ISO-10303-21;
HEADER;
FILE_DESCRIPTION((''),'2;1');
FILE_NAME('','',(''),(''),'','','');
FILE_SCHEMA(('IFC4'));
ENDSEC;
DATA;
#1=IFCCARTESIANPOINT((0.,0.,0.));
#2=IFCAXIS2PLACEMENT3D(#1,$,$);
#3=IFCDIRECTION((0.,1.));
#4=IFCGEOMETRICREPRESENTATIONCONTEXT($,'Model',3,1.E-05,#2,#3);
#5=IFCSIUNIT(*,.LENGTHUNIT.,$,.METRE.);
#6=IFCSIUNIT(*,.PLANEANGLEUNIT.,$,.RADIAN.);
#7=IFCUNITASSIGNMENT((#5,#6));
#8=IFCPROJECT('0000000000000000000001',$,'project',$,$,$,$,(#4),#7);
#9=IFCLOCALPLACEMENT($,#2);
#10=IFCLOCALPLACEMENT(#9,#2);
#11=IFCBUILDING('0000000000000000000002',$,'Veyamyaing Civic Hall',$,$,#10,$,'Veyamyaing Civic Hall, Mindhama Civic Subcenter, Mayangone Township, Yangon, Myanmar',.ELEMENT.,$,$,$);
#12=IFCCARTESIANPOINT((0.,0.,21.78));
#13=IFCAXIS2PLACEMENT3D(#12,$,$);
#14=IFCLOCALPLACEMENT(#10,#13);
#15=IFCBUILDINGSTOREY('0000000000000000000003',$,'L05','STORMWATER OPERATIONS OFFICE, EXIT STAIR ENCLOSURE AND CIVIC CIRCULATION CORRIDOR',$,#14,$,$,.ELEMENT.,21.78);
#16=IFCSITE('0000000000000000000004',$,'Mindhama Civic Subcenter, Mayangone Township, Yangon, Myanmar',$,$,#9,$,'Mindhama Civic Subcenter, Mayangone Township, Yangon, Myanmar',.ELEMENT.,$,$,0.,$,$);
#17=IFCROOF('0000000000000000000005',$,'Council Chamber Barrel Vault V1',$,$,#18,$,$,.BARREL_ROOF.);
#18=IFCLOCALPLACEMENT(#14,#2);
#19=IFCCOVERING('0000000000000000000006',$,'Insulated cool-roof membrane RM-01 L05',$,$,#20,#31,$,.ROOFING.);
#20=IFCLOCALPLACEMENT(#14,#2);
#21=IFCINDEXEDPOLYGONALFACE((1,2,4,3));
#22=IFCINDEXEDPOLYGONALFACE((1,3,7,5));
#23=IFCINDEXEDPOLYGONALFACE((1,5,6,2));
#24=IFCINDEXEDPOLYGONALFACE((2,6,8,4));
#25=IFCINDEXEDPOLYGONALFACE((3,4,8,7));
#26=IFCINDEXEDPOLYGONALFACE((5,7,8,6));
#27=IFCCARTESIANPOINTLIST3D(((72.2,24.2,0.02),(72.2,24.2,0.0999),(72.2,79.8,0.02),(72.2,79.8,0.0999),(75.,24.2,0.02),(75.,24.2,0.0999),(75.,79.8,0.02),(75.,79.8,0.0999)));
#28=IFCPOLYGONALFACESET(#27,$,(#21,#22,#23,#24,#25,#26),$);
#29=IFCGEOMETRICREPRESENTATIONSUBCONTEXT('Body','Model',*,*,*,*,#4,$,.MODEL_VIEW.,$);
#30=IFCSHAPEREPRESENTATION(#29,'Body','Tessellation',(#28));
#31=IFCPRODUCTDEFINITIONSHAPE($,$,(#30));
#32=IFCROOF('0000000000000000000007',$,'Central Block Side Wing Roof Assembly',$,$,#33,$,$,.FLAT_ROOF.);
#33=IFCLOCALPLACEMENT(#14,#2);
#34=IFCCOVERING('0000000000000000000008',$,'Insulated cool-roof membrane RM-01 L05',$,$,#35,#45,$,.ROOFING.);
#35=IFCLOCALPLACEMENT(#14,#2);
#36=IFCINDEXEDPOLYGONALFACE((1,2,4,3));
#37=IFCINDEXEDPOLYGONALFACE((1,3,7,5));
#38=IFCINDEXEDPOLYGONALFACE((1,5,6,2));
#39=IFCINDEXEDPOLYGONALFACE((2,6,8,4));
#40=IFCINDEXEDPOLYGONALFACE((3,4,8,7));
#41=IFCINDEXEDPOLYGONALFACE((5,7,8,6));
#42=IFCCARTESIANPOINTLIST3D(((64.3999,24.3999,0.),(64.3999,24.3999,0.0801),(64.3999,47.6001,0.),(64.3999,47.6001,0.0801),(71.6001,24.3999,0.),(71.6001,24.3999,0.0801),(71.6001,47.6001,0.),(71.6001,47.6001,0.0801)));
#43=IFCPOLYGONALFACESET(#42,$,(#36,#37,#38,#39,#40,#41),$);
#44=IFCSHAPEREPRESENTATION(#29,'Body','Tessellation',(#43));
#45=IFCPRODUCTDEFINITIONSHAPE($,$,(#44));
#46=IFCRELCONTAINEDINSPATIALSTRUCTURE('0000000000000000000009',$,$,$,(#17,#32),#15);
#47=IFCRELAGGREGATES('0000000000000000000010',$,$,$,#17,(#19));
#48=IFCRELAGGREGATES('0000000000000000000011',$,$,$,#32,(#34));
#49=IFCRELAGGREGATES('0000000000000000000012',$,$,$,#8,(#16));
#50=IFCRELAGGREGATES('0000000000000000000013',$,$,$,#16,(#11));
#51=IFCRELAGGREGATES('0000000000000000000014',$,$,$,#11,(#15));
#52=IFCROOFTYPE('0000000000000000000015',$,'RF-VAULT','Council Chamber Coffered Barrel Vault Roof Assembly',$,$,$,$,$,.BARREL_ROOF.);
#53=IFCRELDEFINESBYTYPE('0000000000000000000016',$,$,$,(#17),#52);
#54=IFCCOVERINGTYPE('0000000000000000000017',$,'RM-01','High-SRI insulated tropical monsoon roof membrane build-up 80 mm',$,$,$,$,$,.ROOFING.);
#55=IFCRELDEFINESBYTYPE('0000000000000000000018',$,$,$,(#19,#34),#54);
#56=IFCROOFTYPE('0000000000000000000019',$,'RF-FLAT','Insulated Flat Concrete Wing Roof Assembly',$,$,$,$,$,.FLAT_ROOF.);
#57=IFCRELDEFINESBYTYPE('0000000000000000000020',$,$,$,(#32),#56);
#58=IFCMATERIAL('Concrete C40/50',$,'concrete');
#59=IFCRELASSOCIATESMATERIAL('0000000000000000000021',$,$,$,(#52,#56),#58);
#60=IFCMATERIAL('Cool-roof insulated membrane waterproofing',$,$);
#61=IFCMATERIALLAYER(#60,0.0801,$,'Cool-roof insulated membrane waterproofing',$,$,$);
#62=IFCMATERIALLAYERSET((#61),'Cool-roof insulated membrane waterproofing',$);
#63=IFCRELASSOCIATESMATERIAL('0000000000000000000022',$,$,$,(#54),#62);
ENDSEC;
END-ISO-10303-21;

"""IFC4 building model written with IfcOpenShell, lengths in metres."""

from ifc_helpers import new_model, si_unit, direction, frame, origin, place, context, subcontext, project, spatial, polyline, outline, extrude, material, layer, layer_set, type_object, element, aggregate, save


model = new_model("IFC4")

# Units and contexts
model_context = context("Model", 3, precision=1e-05, world=origin(), true_north=direction((0.0, 1.0)))
body_context = subcontext(model_context, "Body", "Model", "MODEL_VIEW")
ifc_project = project(units=[si_unit("LENGTHUNIT", "METRE"), si_unit("PLANEANGLEUNIT", "RADIAN")], contexts=[model_context])

# Site, building, storey
site_placement = place(None, origin())
site = spatial("IfcSite", under=ifc_project, at=site_placement, Name="Mindhama Civic Subcenter, Mayangone Township, Yangon, Myanmar", LongName="Mindhama Civic Subcenter, Mayangone Township, Yangon, Myanmar", CompositionType="ELEMENT", RefElevation=0.0)
building_placement = place(site_placement, origin())
building = spatial("IfcBuilding", under=site, at=building_placement, Name="Veyamyaing Civic Hall", LongName="Veyamyaing Civic Hall, Mindhama Civic Subcenter, Mayangone Township, Yangon, Myanmar", CompositionType="ELEMENT")
storey_placement = place(building_placement, frame((0.0, 0.0, 21.78)))
storey = spatial("IfcBuildingStorey", under=building, at=storey_placement, Name="L05", Description="STORMWATER OPERATIONS OFFICE, EXIT STAIR ENCLOSURE AND CIVIC CIRCULATION CORRIDOR", CompositionType="ELEMENT", Elevation=21.78)

# Shared definitions
ifc_material_1 = material(Name="Concrete C40/50", Category="concrete")

# Roofs, coverings
roof_type_1 = type_object("IfcRoofType", Name="RF-VAULT", Description="Council Chamber Coffered Barrel Vault Roof Assembly", PredefinedType="BARREL_ROOF", material=ifc_material_1)
roof_1_placement = place(storey_placement, origin())
roof_1 = element("IfcRoof", 1, at=roof_1_placement, inside=storey, type_object=roof_type_1, Name="Council Chamber Barrel Vault V1", PredefinedType="BARREL_ROOF")
ifc_material_2 = material(Name="Cool-roof insulated membrane waterproofing")
ifc_layer_1 = layer(ifc_material_2, 0.0801, Name="Cool-roof insulated membrane waterproofing")
ifc_layer_set_1 = layer_set([ifc_layer_1], Name="Cool-roof insulated membrane waterproofing")
covering_type_1 = type_object("IfcCoveringType", Name="RM-01", Description="High-SRI insulated tropical monsoon roof membrane build-up 80 mm", PredefinedType="ROOFING", material=ifc_layer_set_1)
covering_1_placement = place(storey_placement, frame((0.0, 0.0, 0.02)))
covering_1 = element("IfcCovering", 2, at=covering_1_placement, type_object=covering_type_1, Name="Insulated cool-roof membrane RM-01 L05", PredefinedType="ROOFING", context=body_context, shape_type="SweptSolid", body=[
    extrude(outline(polyline([(72.2, 24.2), (75.0, 24.2), (75.0, 79.8), (72.2, 79.8), (72.2, 24.2)])), origin(), (0.0, 0.0, 1.0), 0.0798),
])
aggregate(roof_1, [covering_1])
roof_type_2 = type_object("IfcRoofType", Name="RF-FLAT", Description="Insulated Flat Concrete Wing Roof Assembly", PredefinedType="FLAT_ROOF", material=ifc_material_1)
roof_2_placement = place(storey_placement, origin())
roof_2 = element("IfcRoof", 3, at=roof_2_placement, inside=storey, type_object=roof_type_2, Name="Central Block Side Wing Roof Assembly", PredefinedType="FLAT_ROOF")
covering_2_placement = place(storey_placement, origin())
covering_2 = element("IfcCovering", 4, at=covering_2_placement, type_object=covering_type_1, Name="Insulated cool-roof membrane RM-01 L05", PredefinedType="ROOFING", context=body_context, shape_type="SweptSolid", body=[
    extrude(outline(polyline([(64.3999, 24.3999), (71.6001, 24.3999), (71.6001, 47.6001), (64.3999, 47.6001), (64.3999, 24.3999)])), origin(), (0.0, 0.0, 1.0), 0.0801),
])
aggregate(roof_2, [covering_2])

save(model, "model.ifc")
